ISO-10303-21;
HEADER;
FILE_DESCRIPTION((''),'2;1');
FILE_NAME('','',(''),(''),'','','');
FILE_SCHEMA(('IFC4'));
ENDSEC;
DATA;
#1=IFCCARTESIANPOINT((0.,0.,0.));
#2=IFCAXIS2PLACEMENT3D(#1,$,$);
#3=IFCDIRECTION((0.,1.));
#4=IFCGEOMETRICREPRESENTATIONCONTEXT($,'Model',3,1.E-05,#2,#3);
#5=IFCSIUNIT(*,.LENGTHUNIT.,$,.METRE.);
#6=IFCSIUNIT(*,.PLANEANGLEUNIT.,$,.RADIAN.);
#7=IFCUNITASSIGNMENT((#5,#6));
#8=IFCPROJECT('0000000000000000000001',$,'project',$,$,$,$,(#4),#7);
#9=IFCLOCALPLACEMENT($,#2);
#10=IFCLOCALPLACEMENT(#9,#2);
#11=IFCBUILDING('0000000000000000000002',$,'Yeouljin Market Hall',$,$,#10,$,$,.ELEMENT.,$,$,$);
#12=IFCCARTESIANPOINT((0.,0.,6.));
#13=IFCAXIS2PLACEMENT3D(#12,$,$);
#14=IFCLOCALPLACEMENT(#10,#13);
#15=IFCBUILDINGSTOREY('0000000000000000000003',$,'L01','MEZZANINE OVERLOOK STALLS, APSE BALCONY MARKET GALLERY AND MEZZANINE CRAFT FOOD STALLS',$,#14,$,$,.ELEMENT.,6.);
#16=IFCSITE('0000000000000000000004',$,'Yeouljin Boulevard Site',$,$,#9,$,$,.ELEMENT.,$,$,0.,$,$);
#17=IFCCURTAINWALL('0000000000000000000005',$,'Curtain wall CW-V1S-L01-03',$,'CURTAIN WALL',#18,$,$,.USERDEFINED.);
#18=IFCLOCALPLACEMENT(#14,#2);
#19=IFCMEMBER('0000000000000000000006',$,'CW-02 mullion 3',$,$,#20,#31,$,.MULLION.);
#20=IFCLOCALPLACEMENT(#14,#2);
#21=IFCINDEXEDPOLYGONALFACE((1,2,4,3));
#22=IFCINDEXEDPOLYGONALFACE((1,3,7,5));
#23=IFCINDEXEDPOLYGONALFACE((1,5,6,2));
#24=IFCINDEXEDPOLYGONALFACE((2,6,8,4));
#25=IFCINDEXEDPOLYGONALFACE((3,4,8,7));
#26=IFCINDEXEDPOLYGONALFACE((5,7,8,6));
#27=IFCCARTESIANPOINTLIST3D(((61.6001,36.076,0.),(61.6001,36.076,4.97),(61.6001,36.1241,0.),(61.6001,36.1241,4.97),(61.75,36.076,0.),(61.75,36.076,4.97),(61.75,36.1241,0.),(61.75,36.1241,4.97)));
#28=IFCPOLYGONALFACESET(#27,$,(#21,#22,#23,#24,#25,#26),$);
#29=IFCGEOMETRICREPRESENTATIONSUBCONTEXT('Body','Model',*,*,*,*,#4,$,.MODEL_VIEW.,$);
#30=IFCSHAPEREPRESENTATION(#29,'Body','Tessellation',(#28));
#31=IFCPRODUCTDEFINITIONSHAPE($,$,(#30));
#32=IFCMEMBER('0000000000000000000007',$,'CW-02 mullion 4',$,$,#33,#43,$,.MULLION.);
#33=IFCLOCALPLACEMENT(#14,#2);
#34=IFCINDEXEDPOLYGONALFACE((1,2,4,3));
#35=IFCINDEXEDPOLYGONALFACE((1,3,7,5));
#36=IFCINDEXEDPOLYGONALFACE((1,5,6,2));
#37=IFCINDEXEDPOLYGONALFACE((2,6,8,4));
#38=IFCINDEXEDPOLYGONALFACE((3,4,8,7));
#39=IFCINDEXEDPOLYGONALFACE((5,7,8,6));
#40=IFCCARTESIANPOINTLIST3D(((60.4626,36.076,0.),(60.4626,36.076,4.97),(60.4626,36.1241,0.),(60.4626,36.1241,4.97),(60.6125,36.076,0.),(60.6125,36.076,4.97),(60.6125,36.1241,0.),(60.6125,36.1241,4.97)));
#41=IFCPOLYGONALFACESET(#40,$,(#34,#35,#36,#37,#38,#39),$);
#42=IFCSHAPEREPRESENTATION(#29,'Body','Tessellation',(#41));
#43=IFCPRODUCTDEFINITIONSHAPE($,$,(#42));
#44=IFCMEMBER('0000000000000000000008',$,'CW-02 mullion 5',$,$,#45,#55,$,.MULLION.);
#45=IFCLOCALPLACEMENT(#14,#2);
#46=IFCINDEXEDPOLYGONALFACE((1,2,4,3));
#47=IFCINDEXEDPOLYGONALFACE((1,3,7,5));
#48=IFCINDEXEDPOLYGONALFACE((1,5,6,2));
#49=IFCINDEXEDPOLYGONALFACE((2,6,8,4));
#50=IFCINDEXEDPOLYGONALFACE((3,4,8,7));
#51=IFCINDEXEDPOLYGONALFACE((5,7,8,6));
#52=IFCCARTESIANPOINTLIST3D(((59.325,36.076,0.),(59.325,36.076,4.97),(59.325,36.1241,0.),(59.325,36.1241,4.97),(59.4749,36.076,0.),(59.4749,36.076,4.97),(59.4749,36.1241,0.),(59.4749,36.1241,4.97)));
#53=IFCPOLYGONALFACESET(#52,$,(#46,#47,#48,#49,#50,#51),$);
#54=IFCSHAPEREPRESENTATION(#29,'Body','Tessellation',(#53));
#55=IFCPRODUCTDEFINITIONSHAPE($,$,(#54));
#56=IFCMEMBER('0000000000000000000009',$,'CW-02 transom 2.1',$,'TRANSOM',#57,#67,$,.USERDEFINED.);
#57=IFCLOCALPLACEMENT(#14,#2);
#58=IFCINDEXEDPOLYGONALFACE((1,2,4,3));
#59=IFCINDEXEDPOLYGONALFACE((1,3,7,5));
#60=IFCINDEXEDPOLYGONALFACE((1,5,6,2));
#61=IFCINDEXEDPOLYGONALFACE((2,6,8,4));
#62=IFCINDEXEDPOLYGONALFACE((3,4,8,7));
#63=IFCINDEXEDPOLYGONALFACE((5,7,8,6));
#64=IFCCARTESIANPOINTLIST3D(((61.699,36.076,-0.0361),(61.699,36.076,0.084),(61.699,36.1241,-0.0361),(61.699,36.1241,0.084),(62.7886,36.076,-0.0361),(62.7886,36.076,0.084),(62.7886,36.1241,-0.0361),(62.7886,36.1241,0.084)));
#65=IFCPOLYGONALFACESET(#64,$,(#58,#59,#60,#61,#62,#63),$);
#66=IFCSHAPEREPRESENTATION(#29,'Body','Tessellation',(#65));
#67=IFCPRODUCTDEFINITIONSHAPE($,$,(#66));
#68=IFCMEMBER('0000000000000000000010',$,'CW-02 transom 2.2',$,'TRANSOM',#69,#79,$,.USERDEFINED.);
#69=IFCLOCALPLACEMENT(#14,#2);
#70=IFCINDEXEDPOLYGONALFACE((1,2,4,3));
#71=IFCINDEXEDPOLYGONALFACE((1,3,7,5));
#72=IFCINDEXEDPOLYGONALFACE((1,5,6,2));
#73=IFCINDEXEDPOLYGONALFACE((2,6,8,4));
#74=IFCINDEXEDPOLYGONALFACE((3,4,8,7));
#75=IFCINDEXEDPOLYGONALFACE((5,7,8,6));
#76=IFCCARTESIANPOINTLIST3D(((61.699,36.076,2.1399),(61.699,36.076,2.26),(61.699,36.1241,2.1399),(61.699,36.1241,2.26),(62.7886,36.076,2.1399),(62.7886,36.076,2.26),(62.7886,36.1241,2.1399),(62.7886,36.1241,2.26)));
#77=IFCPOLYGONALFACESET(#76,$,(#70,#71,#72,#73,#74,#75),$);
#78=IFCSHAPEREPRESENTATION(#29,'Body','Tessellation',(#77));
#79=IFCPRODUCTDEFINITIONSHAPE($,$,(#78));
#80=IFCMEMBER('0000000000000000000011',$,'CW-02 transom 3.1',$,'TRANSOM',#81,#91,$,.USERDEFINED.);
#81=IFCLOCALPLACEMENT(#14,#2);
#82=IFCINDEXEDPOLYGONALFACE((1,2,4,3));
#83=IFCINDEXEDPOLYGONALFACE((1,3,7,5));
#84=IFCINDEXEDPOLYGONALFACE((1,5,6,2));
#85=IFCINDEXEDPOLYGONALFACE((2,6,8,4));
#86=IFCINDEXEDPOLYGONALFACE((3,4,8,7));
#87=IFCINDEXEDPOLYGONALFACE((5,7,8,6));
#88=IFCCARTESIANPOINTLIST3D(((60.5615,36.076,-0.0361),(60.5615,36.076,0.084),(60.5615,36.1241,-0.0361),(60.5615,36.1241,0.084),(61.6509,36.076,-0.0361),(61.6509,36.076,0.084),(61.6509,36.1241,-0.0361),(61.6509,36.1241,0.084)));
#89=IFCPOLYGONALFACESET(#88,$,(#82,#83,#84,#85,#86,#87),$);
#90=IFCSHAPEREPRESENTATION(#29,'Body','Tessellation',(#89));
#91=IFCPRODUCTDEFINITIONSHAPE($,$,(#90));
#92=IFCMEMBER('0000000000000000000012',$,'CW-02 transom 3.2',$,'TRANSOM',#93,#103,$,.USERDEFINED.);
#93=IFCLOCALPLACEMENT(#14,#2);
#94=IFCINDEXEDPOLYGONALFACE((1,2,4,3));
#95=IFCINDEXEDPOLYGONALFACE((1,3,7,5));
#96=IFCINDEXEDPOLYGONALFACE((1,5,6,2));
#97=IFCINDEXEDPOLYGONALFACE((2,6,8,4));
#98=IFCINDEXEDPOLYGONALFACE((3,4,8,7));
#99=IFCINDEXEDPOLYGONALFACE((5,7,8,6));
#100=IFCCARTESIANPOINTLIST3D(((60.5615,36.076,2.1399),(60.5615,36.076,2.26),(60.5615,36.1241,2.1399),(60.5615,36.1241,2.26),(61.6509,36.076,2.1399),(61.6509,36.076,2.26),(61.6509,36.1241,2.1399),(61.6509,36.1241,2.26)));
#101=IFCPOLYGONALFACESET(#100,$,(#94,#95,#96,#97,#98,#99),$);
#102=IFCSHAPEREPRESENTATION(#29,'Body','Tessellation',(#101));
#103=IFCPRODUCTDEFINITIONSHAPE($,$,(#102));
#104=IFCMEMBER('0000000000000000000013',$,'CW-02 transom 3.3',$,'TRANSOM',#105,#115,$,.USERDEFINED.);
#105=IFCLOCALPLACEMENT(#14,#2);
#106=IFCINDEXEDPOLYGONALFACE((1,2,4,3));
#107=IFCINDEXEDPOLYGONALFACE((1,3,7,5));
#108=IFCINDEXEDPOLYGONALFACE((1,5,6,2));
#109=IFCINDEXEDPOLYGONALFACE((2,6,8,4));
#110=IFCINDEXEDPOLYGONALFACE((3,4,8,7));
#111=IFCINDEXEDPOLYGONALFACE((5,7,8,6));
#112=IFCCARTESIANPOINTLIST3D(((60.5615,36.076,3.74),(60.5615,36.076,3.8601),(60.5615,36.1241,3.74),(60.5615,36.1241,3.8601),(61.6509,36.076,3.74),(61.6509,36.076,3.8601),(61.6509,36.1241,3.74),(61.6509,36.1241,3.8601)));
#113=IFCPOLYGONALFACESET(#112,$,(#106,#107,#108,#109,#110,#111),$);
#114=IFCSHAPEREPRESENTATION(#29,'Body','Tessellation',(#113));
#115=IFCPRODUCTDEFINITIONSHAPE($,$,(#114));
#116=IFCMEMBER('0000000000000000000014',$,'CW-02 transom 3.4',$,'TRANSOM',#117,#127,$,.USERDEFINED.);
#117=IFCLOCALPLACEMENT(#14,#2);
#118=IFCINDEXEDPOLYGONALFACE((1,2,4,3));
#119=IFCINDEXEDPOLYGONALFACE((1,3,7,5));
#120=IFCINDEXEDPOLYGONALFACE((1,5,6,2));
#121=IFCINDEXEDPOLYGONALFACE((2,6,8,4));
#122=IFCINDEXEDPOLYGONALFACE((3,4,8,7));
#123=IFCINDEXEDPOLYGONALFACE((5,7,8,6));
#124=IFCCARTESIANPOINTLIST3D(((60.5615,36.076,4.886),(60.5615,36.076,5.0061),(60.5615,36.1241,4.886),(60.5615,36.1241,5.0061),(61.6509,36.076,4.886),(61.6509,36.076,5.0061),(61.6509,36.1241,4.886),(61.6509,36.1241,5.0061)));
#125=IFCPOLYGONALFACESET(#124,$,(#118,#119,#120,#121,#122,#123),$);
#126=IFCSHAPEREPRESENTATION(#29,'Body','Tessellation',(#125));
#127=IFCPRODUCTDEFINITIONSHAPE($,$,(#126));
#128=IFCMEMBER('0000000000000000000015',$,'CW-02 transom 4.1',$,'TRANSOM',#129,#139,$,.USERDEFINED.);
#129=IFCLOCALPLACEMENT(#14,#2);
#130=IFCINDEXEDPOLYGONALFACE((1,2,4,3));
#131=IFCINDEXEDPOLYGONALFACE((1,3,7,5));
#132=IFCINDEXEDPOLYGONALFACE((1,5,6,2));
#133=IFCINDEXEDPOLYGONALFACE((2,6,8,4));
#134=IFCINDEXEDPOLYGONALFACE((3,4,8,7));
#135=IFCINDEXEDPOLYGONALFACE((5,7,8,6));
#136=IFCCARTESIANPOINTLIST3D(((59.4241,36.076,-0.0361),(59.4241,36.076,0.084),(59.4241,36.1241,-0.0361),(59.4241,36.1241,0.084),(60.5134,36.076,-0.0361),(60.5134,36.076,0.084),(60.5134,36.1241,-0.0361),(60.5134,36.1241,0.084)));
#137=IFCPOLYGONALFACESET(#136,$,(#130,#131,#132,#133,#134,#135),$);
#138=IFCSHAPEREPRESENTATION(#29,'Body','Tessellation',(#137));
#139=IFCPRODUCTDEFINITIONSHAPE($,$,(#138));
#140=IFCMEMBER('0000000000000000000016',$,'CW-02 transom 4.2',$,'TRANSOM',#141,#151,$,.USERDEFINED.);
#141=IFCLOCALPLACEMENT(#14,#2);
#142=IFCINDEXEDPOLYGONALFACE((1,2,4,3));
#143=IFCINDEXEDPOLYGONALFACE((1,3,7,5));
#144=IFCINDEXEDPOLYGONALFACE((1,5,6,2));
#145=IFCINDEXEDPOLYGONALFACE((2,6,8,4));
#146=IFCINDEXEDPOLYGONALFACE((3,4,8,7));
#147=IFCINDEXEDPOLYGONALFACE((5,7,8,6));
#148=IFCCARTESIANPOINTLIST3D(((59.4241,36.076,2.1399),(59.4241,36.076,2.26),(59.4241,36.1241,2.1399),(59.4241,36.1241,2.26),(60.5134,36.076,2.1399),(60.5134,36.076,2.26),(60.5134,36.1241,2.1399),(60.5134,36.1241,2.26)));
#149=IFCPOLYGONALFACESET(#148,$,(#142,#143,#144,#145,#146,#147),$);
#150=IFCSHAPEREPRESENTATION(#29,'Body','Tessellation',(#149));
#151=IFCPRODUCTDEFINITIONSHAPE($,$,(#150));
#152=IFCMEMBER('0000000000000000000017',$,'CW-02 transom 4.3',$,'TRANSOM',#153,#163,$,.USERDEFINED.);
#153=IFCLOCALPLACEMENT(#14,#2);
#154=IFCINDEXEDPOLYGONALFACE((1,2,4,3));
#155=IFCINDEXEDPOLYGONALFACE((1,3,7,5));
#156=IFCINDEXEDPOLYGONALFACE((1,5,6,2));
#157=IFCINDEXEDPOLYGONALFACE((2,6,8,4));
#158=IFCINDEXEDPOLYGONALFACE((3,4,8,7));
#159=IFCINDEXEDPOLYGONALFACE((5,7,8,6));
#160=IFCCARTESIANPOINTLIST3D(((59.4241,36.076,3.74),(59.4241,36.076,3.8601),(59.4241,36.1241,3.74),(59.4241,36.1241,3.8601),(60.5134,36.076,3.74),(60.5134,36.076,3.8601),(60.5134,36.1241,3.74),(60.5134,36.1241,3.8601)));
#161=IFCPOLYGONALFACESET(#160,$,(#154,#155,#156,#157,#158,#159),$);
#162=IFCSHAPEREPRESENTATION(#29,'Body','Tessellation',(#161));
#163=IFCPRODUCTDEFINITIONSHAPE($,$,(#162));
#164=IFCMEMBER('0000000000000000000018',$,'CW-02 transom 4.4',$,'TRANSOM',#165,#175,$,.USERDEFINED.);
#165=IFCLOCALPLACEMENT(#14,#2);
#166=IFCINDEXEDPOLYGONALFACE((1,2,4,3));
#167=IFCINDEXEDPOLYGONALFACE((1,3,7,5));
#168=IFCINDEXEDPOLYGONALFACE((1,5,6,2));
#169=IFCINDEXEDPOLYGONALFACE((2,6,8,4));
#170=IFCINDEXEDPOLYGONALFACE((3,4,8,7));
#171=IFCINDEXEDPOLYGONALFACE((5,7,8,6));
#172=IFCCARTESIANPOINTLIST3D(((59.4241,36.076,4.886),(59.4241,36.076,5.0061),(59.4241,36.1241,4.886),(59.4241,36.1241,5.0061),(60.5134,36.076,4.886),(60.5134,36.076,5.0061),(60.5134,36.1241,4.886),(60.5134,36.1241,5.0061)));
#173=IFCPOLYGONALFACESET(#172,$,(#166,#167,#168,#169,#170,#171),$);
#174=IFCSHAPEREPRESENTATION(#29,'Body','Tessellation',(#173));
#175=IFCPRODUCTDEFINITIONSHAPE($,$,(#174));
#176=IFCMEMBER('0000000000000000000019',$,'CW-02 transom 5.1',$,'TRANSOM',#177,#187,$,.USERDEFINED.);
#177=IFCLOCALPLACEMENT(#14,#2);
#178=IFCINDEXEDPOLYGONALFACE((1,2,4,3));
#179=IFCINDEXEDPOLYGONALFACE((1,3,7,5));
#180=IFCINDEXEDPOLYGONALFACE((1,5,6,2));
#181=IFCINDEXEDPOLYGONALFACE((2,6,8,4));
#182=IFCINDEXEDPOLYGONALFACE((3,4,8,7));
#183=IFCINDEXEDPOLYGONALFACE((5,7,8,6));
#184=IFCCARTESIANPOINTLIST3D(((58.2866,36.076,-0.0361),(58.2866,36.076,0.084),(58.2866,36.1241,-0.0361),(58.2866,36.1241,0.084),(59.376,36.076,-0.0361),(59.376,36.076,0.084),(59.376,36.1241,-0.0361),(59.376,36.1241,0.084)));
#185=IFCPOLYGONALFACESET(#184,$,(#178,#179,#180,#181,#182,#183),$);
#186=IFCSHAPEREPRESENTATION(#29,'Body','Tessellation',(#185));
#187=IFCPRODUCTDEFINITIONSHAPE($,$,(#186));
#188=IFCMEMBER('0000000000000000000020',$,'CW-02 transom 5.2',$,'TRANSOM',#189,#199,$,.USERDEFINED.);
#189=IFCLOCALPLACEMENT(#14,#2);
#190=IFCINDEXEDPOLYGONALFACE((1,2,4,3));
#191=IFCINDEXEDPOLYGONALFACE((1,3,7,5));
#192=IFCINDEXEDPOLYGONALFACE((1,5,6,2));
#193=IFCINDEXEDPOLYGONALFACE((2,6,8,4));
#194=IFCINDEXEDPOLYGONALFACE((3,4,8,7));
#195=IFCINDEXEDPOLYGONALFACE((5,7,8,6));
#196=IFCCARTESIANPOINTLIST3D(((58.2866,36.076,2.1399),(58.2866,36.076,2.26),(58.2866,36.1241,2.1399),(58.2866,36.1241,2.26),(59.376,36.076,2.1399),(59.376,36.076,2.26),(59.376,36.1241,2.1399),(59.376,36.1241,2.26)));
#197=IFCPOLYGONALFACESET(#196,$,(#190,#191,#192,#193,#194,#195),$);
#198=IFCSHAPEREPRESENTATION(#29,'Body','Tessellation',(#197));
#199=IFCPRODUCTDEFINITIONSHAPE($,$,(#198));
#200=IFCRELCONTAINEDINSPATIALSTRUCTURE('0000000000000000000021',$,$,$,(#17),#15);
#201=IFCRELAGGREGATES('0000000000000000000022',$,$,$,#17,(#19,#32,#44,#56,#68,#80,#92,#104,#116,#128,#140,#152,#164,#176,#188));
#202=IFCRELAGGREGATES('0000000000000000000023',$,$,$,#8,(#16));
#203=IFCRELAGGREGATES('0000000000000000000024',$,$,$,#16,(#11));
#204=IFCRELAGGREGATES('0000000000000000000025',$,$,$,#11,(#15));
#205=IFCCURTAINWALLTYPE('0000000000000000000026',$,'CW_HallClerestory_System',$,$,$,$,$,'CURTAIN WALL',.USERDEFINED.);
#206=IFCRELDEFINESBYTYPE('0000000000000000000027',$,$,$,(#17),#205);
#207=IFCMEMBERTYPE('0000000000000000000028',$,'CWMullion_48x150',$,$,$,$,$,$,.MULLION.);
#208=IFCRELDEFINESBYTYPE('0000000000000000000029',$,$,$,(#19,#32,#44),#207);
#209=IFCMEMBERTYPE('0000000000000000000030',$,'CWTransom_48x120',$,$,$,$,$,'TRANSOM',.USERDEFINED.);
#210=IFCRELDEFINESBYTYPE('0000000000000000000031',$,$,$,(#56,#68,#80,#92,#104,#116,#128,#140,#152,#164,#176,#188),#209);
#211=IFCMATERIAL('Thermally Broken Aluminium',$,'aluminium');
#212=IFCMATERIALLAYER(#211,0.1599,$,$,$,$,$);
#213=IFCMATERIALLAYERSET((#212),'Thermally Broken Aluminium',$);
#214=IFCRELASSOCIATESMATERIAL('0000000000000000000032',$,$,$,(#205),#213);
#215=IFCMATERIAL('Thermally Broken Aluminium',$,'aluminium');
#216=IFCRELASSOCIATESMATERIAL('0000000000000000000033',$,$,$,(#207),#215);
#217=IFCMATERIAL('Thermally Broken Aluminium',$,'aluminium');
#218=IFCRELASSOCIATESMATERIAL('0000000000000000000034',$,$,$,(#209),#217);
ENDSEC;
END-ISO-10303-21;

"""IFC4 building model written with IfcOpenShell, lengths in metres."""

from ifc_helpers import new_model, si_unit, direction, frame, origin, origin_2d, place, context, subcontext, project, spatial, rectangle, extrude, material, layer, layer_set, material_profile, profile_set, type_object, element, aggregate, save


model = new_model("IFC4")

# Units and contexts
model_context = context("Model", 3, precision=1e-05, world=origin(), true_north=direction((0.0, 1.0)))
body_context = subcontext(model_context, "Body", "Model", "MODEL_VIEW")
ifc_project = project(units=[si_unit("LENGTHUNIT", "METRE"), si_unit("PLANEANGLEUNIT", "RADIAN")], contexts=[model_context])

# Site, building, storey
site_placement = place(None, origin())
site = spatial("IfcSite", under=ifc_project, at=site_placement, Name="Yeouljin Boulevard Site", CompositionType="ELEMENT", RefElevation=0.0)
building_placement = place(site_placement, origin())
building = spatial("IfcBuilding", under=site, at=building_placement, Name="Yeouljin Market Hall", CompositionType="ELEMENT")
storey_placement = place(building_placement, frame((0.0, 0.0, 6.0)))
storey = spatial("IfcBuildingStorey", under=building, at=storey_placement, Name="L01", Description="MEZZANINE OVERLOOK STALLS, APSE BALCONY MARKET GALLERY AND MEZZANINE CRAFT FOOD STALLS", CompositionType="ELEMENT", Elevation=6.0)

# Curtain wall, members
ifc_material_1 = material(Name="Thermally Broken Aluminium", Category="aluminium")
ifc_layer_1 = layer(ifc_material_1, 0.1599)
ifc_layer_set_1 = layer_set([ifc_layer_1], Name="Thermally Broken Aluminium")
curtain_wall_type = type_object("IfcCurtainWallType", Name="CW_HallClerestory_System", ElementType="CURTAIN WALL", PredefinedType="USERDEFINED", material=ifc_layer_set_1)
curtain_wall_placement = place(storey_placement, origin())
curtain_wall = element("IfcCurtainWall", 1, at=curtain_wall_placement, inside=storey, type_object=curtain_wall_type, Name="Curtain wall CW-V1S-L01-03", ObjectType="CURTAIN WALL", PredefinedType="USERDEFINED")
ifc_material_2 = material(Name="Thermally Broken Aluminium", Category="aluminium")
ifc_material_profile_1 = material_profile(ifc_material_2, rectangle(XDim=0.0481, YDim=0.1499, at=origin_2d()), Name="CW-MULL-48x150")
ifc_profile_set_1 = profile_set([ifc_material_profile_1], Name="Thermally Broken Aluminium")
member_type_1 = type_object("IfcMemberType", Name="CWMullion_48x150", PredefinedType="MULLION", material=ifc_profile_set_1)
member_1_placement = place(storey_placement, frame((61.675, 36.1001, 0.0), z_axis=(0.0, 0.0, 1.0), x_axis=(0.0, -1.0, 0.0)))
member_1 = element("IfcMember", 2, at=member_1_placement, type_object=member_type_1, Name="CW-02 mullion 3", PredefinedType="MULLION", context=body_context, shape_type="SweptSolid", body=[
    extrude(rectangle(XDim=0.0481, YDim=0.1499, at=origin_2d()), origin(), (0.0, 0.0, 1.0), 4.97),
])
member_2_placement = place(storey_placement, frame((60.5376, 36.1001, 0.0), z_axis=(0.0, 0.0, 1.0), x_axis=(0.0, -1.0, 0.0)))
member_2 = element("IfcMember", 3, at=member_2_placement, type_object=member_type_1, Name="CW-02 mullion 4", PredefinedType="MULLION", context=body_context, shape_type="SweptSolid", body=[
    extrude(rectangle(XDim=0.0481, YDim=0.1499, at=origin_2d()), origin(), (0.0, 0.0, 1.0), 4.97),
])
member_3_placement = place(storey_placement, frame((59.3999, 36.1001, 0.0), z_axis=(0.0, 0.0, 1.0), x_axis=(0.0, -1.0, 0.0)))
member_3 = element("IfcMember", 4, at=member_3_placement, type_object=member_type_1, Name="CW-02 mullion 5", PredefinedType="MULLION", context=body_context, shape_type="SweptSolid", body=[
    extrude(rectangle(XDim=0.0481, YDim=0.1499, at=origin_2d()), origin(), (0.0, 0.0, 1.0), 4.97),
])
ifc_material_3 = material(Name="Thermally Broken Aluminium", Category="aluminium")
ifc_material_profile_2 = material_profile(ifc_material_3, rectangle(XDim=0.0481, YDim=0.1201, at=origin_2d()), Name="CW-TRAN-48x120")
ifc_profile_set_2 = profile_set([ifc_material_profile_2], Name="Thermally Broken Aluminium")
member_type_2 = type_object("IfcMemberType", Name="CWTransom_48x120", ElementType="TRANSOM", PredefinedType="USERDEFINED", material=ifc_profile_set_2)
member_4_placement = place(storey_placement, frame((62.7886, 36.1001, 0.0239), z_axis=(-1.0, 0.0, 0.0), x_axis=(0.0, -1.0, 0.0)))
member_4 = element("IfcMember", 5, at=member_4_placement, type_object=member_type_2, Name="CW-02 transom 2.1", ObjectType="TRANSOM", PredefinedType="USERDEFINED", context=body_context, shape_type="SweptSolid", body=[
    extrude(rectangle(XDim=0.0481, YDim=0.1201, at=origin_2d()), origin(), (0.0, 0.0, 1.0), 1.0896),
])
member_5_placement = place(storey_placement, frame((62.7886, 36.1001, 2.2), z_axis=(-1.0, 0.0, 0.0), x_axis=(0.0, -1.0, 0.0)))
member_5 = element("IfcMember", 6, at=member_5_placement, type_object=member_type_2, Name="CW-02 transom 2.2", ObjectType="TRANSOM", PredefinedType="USERDEFINED", context=body_context, shape_type="SweptSolid", body=[
    extrude(rectangle(XDim=0.0481, YDim=0.1201, at=origin_2d()), origin(), (0.0, 0.0, 1.0), 1.0896),
])
member_6_placement = place(storey_placement, frame((61.6509, 36.1001, 0.0239), z_axis=(-1.0, 0.0, 0.0), x_axis=(0.0, -1.0, 0.0)))
member_6 = element("IfcMember", 7, at=member_6_placement, type_object=member_type_2, Name="CW-02 transom 3.1", ObjectType="TRANSOM", PredefinedType="USERDEFINED", context=body_context, shape_type="SweptSolid", body=[
    extrude(rectangle(XDim=0.0481, YDim=0.1201, at=origin_2d()), origin(), (0.0, 0.0, 1.0), 1.0894),
])
member_7_placement = place(storey_placement, frame((61.6509, 36.1001, 2.2), z_axis=(-1.0, 0.0, 0.0), x_axis=(0.0, -1.0, 0.0)))
member_7 = element("IfcMember", 8, at=member_7_placement, type_object=member_type_2, Name="CW-02 transom 3.2", ObjectType="TRANSOM", PredefinedType="USERDEFINED", context=body_context, shape_type="SweptSolid", body=[
    extrude(rectangle(XDim=0.0481, YDim=0.1201, at=origin_2d()), origin(), (0.0, 0.0, 1.0), 1.0894),
])
member_8_placement = place(storey_placement, frame((61.6509, 36.1001, 3.8), z_axis=(-1.0, 0.0, 0.0), x_axis=(0.0, -1.0, 0.0)))
member_8 = element("IfcMember", 9, at=member_8_placement, type_object=member_type_2, Name="CW-02 transom 3.3", ObjectType="TRANSOM", PredefinedType="USERDEFINED", context=body_context, shape_type="SweptSolid", body=[
    extrude(rectangle(XDim=0.0481, YDim=0.1201, at=origin_2d()), origin(), (0.0, 0.0, 1.0), 1.0894),
])
member_9_placement = place(storey_placement, frame((61.6509, 36.1001, 4.946), z_axis=(-1.0, 0.0, 0.0), x_axis=(0.0, -1.0, 0.0)))
member_9 = element("IfcMember", 10, at=member_9_placement, type_object=member_type_2, Name="CW-02 transom 3.4", ObjectType="TRANSOM", PredefinedType="USERDEFINED", context=body_context, shape_type="SweptSolid", body=[
    extrude(rectangle(XDim=0.0481, YDim=0.1201, at=origin_2d()), origin(), (0.0, 0.0, 1.0), 1.0894),
])
member_10_placement = place(storey_placement, frame((60.5134, 36.1001, 0.0239), z_axis=(-1.0, 0.0, 0.0), x_axis=(0.0, -1.0, 0.0)))
member_10 = element("IfcMember", 11, at=member_10_placement, type_object=member_type_2, Name="CW-02 transom 4.1", ObjectType="TRANSOM", PredefinedType="USERDEFINED", context=body_context, shape_type="SweptSolid", body=[
    extrude(rectangle(XDim=0.0481, YDim=0.1201, at=origin_2d()), origin(), (0.0, 0.0, 1.0), 1.0894),
])
member_11_placement = place(storey_placement, frame((60.5134, 36.1001, 2.2), z_axis=(-1.0, 0.0, 0.0), x_axis=(0.0, -1.0, 0.0)))
member_11 = element("IfcMember", 12, at=member_11_placement, type_object=member_type_2, Name="CW-02 transom 4.2", ObjectType="TRANSOM", PredefinedType="USERDEFINED", context=body_context, shape_type="SweptSolid", body=[
    extrude(rectangle(XDim=0.0481, YDim=0.1201, at=origin_2d()), origin(), (0.0, 0.0, 1.0), 1.0894),
])
member_12_placement = place(storey_placement, frame((60.5134, 36.1001, 3.8), z_axis=(-1.0, 0.0, 0.0), x_axis=(0.0, -1.0, 0.0)))
member_12 = element("IfcMember", 13, at=member_12_placement, type_object=member_type_2, Name="CW-02 transom 4.3", ObjectType="TRANSOM", PredefinedType="USERDEFINED", context=body_context, shape_type="SweptSolid", body=[
    extrude(rectangle(XDim=0.0481, YDim=0.1201, at=origin_2d()), origin(), (0.0, 0.0, 1.0), 1.0894),
])
member_13_placement = place(storey_placement, frame((60.5134, 36.1001, 4.946), z_axis=(-1.0, 0.0, 0.0), x_axis=(0.0, -1.0, 0.0)))
member_13 = element("IfcMember", 14, at=member_13_placement, type_object=member_type_2, Name="CW-02 transom 4.4", ObjectType="TRANSOM", PredefinedType="USERDEFINED", context=body_context, shape_type="SweptSolid", body=[
    extrude(rectangle(XDim=0.0481, YDim=0.1201, at=origin_2d()), origin(), (0.0, 0.0, 1.0), 1.0894),
])
member_14_placement = place(storey_placement, frame((59.376, 36.1001, 0.0239), z_axis=(-1.0, 0.0, 0.0), x_axis=(0.0, -1.0, 0.0)))
member_14 = element("IfcMember", 15, at=member_14_placement, type_object=member_type_2, Name="CW-02 transom 5.1", ObjectType="TRANSOM", PredefinedType="USERDEFINED", context=body_context, shape_type="SweptSolid", body=[
    extrude(rectangle(XDim=0.0481, YDim=0.1201, at=origin_2d()), origin(), (0.0, 0.0, 1.0), 1.0894),
])
member_15_placement = place(storey_placement, frame((59.376, 36.1001, 2.2), z_axis=(-1.0, 0.0, 0.0), x_axis=(0.0, -1.0, 0.0)))
member_15 = element("IfcMember", 16, at=member_15_placement, type_object=member_type_2, Name="CW-02 transom 5.2", ObjectType="TRANSOM", PredefinedType="USERDEFINED", context=body_context, shape_type="SweptSolid", body=[
    extrude(rectangle(XDim=0.0481, YDim=0.1201, at=origin_2d()), origin(), (0.0, 0.0, 1.0), 1.0894),
])
aggregate(curtain_wall, [member_1, member_2, member_3, member_4, member_5, member_6, member_7, member_8, member_9, member_10, member_11, member_12, member_13, member_14, member_15])

save(model, "model.ifc")
